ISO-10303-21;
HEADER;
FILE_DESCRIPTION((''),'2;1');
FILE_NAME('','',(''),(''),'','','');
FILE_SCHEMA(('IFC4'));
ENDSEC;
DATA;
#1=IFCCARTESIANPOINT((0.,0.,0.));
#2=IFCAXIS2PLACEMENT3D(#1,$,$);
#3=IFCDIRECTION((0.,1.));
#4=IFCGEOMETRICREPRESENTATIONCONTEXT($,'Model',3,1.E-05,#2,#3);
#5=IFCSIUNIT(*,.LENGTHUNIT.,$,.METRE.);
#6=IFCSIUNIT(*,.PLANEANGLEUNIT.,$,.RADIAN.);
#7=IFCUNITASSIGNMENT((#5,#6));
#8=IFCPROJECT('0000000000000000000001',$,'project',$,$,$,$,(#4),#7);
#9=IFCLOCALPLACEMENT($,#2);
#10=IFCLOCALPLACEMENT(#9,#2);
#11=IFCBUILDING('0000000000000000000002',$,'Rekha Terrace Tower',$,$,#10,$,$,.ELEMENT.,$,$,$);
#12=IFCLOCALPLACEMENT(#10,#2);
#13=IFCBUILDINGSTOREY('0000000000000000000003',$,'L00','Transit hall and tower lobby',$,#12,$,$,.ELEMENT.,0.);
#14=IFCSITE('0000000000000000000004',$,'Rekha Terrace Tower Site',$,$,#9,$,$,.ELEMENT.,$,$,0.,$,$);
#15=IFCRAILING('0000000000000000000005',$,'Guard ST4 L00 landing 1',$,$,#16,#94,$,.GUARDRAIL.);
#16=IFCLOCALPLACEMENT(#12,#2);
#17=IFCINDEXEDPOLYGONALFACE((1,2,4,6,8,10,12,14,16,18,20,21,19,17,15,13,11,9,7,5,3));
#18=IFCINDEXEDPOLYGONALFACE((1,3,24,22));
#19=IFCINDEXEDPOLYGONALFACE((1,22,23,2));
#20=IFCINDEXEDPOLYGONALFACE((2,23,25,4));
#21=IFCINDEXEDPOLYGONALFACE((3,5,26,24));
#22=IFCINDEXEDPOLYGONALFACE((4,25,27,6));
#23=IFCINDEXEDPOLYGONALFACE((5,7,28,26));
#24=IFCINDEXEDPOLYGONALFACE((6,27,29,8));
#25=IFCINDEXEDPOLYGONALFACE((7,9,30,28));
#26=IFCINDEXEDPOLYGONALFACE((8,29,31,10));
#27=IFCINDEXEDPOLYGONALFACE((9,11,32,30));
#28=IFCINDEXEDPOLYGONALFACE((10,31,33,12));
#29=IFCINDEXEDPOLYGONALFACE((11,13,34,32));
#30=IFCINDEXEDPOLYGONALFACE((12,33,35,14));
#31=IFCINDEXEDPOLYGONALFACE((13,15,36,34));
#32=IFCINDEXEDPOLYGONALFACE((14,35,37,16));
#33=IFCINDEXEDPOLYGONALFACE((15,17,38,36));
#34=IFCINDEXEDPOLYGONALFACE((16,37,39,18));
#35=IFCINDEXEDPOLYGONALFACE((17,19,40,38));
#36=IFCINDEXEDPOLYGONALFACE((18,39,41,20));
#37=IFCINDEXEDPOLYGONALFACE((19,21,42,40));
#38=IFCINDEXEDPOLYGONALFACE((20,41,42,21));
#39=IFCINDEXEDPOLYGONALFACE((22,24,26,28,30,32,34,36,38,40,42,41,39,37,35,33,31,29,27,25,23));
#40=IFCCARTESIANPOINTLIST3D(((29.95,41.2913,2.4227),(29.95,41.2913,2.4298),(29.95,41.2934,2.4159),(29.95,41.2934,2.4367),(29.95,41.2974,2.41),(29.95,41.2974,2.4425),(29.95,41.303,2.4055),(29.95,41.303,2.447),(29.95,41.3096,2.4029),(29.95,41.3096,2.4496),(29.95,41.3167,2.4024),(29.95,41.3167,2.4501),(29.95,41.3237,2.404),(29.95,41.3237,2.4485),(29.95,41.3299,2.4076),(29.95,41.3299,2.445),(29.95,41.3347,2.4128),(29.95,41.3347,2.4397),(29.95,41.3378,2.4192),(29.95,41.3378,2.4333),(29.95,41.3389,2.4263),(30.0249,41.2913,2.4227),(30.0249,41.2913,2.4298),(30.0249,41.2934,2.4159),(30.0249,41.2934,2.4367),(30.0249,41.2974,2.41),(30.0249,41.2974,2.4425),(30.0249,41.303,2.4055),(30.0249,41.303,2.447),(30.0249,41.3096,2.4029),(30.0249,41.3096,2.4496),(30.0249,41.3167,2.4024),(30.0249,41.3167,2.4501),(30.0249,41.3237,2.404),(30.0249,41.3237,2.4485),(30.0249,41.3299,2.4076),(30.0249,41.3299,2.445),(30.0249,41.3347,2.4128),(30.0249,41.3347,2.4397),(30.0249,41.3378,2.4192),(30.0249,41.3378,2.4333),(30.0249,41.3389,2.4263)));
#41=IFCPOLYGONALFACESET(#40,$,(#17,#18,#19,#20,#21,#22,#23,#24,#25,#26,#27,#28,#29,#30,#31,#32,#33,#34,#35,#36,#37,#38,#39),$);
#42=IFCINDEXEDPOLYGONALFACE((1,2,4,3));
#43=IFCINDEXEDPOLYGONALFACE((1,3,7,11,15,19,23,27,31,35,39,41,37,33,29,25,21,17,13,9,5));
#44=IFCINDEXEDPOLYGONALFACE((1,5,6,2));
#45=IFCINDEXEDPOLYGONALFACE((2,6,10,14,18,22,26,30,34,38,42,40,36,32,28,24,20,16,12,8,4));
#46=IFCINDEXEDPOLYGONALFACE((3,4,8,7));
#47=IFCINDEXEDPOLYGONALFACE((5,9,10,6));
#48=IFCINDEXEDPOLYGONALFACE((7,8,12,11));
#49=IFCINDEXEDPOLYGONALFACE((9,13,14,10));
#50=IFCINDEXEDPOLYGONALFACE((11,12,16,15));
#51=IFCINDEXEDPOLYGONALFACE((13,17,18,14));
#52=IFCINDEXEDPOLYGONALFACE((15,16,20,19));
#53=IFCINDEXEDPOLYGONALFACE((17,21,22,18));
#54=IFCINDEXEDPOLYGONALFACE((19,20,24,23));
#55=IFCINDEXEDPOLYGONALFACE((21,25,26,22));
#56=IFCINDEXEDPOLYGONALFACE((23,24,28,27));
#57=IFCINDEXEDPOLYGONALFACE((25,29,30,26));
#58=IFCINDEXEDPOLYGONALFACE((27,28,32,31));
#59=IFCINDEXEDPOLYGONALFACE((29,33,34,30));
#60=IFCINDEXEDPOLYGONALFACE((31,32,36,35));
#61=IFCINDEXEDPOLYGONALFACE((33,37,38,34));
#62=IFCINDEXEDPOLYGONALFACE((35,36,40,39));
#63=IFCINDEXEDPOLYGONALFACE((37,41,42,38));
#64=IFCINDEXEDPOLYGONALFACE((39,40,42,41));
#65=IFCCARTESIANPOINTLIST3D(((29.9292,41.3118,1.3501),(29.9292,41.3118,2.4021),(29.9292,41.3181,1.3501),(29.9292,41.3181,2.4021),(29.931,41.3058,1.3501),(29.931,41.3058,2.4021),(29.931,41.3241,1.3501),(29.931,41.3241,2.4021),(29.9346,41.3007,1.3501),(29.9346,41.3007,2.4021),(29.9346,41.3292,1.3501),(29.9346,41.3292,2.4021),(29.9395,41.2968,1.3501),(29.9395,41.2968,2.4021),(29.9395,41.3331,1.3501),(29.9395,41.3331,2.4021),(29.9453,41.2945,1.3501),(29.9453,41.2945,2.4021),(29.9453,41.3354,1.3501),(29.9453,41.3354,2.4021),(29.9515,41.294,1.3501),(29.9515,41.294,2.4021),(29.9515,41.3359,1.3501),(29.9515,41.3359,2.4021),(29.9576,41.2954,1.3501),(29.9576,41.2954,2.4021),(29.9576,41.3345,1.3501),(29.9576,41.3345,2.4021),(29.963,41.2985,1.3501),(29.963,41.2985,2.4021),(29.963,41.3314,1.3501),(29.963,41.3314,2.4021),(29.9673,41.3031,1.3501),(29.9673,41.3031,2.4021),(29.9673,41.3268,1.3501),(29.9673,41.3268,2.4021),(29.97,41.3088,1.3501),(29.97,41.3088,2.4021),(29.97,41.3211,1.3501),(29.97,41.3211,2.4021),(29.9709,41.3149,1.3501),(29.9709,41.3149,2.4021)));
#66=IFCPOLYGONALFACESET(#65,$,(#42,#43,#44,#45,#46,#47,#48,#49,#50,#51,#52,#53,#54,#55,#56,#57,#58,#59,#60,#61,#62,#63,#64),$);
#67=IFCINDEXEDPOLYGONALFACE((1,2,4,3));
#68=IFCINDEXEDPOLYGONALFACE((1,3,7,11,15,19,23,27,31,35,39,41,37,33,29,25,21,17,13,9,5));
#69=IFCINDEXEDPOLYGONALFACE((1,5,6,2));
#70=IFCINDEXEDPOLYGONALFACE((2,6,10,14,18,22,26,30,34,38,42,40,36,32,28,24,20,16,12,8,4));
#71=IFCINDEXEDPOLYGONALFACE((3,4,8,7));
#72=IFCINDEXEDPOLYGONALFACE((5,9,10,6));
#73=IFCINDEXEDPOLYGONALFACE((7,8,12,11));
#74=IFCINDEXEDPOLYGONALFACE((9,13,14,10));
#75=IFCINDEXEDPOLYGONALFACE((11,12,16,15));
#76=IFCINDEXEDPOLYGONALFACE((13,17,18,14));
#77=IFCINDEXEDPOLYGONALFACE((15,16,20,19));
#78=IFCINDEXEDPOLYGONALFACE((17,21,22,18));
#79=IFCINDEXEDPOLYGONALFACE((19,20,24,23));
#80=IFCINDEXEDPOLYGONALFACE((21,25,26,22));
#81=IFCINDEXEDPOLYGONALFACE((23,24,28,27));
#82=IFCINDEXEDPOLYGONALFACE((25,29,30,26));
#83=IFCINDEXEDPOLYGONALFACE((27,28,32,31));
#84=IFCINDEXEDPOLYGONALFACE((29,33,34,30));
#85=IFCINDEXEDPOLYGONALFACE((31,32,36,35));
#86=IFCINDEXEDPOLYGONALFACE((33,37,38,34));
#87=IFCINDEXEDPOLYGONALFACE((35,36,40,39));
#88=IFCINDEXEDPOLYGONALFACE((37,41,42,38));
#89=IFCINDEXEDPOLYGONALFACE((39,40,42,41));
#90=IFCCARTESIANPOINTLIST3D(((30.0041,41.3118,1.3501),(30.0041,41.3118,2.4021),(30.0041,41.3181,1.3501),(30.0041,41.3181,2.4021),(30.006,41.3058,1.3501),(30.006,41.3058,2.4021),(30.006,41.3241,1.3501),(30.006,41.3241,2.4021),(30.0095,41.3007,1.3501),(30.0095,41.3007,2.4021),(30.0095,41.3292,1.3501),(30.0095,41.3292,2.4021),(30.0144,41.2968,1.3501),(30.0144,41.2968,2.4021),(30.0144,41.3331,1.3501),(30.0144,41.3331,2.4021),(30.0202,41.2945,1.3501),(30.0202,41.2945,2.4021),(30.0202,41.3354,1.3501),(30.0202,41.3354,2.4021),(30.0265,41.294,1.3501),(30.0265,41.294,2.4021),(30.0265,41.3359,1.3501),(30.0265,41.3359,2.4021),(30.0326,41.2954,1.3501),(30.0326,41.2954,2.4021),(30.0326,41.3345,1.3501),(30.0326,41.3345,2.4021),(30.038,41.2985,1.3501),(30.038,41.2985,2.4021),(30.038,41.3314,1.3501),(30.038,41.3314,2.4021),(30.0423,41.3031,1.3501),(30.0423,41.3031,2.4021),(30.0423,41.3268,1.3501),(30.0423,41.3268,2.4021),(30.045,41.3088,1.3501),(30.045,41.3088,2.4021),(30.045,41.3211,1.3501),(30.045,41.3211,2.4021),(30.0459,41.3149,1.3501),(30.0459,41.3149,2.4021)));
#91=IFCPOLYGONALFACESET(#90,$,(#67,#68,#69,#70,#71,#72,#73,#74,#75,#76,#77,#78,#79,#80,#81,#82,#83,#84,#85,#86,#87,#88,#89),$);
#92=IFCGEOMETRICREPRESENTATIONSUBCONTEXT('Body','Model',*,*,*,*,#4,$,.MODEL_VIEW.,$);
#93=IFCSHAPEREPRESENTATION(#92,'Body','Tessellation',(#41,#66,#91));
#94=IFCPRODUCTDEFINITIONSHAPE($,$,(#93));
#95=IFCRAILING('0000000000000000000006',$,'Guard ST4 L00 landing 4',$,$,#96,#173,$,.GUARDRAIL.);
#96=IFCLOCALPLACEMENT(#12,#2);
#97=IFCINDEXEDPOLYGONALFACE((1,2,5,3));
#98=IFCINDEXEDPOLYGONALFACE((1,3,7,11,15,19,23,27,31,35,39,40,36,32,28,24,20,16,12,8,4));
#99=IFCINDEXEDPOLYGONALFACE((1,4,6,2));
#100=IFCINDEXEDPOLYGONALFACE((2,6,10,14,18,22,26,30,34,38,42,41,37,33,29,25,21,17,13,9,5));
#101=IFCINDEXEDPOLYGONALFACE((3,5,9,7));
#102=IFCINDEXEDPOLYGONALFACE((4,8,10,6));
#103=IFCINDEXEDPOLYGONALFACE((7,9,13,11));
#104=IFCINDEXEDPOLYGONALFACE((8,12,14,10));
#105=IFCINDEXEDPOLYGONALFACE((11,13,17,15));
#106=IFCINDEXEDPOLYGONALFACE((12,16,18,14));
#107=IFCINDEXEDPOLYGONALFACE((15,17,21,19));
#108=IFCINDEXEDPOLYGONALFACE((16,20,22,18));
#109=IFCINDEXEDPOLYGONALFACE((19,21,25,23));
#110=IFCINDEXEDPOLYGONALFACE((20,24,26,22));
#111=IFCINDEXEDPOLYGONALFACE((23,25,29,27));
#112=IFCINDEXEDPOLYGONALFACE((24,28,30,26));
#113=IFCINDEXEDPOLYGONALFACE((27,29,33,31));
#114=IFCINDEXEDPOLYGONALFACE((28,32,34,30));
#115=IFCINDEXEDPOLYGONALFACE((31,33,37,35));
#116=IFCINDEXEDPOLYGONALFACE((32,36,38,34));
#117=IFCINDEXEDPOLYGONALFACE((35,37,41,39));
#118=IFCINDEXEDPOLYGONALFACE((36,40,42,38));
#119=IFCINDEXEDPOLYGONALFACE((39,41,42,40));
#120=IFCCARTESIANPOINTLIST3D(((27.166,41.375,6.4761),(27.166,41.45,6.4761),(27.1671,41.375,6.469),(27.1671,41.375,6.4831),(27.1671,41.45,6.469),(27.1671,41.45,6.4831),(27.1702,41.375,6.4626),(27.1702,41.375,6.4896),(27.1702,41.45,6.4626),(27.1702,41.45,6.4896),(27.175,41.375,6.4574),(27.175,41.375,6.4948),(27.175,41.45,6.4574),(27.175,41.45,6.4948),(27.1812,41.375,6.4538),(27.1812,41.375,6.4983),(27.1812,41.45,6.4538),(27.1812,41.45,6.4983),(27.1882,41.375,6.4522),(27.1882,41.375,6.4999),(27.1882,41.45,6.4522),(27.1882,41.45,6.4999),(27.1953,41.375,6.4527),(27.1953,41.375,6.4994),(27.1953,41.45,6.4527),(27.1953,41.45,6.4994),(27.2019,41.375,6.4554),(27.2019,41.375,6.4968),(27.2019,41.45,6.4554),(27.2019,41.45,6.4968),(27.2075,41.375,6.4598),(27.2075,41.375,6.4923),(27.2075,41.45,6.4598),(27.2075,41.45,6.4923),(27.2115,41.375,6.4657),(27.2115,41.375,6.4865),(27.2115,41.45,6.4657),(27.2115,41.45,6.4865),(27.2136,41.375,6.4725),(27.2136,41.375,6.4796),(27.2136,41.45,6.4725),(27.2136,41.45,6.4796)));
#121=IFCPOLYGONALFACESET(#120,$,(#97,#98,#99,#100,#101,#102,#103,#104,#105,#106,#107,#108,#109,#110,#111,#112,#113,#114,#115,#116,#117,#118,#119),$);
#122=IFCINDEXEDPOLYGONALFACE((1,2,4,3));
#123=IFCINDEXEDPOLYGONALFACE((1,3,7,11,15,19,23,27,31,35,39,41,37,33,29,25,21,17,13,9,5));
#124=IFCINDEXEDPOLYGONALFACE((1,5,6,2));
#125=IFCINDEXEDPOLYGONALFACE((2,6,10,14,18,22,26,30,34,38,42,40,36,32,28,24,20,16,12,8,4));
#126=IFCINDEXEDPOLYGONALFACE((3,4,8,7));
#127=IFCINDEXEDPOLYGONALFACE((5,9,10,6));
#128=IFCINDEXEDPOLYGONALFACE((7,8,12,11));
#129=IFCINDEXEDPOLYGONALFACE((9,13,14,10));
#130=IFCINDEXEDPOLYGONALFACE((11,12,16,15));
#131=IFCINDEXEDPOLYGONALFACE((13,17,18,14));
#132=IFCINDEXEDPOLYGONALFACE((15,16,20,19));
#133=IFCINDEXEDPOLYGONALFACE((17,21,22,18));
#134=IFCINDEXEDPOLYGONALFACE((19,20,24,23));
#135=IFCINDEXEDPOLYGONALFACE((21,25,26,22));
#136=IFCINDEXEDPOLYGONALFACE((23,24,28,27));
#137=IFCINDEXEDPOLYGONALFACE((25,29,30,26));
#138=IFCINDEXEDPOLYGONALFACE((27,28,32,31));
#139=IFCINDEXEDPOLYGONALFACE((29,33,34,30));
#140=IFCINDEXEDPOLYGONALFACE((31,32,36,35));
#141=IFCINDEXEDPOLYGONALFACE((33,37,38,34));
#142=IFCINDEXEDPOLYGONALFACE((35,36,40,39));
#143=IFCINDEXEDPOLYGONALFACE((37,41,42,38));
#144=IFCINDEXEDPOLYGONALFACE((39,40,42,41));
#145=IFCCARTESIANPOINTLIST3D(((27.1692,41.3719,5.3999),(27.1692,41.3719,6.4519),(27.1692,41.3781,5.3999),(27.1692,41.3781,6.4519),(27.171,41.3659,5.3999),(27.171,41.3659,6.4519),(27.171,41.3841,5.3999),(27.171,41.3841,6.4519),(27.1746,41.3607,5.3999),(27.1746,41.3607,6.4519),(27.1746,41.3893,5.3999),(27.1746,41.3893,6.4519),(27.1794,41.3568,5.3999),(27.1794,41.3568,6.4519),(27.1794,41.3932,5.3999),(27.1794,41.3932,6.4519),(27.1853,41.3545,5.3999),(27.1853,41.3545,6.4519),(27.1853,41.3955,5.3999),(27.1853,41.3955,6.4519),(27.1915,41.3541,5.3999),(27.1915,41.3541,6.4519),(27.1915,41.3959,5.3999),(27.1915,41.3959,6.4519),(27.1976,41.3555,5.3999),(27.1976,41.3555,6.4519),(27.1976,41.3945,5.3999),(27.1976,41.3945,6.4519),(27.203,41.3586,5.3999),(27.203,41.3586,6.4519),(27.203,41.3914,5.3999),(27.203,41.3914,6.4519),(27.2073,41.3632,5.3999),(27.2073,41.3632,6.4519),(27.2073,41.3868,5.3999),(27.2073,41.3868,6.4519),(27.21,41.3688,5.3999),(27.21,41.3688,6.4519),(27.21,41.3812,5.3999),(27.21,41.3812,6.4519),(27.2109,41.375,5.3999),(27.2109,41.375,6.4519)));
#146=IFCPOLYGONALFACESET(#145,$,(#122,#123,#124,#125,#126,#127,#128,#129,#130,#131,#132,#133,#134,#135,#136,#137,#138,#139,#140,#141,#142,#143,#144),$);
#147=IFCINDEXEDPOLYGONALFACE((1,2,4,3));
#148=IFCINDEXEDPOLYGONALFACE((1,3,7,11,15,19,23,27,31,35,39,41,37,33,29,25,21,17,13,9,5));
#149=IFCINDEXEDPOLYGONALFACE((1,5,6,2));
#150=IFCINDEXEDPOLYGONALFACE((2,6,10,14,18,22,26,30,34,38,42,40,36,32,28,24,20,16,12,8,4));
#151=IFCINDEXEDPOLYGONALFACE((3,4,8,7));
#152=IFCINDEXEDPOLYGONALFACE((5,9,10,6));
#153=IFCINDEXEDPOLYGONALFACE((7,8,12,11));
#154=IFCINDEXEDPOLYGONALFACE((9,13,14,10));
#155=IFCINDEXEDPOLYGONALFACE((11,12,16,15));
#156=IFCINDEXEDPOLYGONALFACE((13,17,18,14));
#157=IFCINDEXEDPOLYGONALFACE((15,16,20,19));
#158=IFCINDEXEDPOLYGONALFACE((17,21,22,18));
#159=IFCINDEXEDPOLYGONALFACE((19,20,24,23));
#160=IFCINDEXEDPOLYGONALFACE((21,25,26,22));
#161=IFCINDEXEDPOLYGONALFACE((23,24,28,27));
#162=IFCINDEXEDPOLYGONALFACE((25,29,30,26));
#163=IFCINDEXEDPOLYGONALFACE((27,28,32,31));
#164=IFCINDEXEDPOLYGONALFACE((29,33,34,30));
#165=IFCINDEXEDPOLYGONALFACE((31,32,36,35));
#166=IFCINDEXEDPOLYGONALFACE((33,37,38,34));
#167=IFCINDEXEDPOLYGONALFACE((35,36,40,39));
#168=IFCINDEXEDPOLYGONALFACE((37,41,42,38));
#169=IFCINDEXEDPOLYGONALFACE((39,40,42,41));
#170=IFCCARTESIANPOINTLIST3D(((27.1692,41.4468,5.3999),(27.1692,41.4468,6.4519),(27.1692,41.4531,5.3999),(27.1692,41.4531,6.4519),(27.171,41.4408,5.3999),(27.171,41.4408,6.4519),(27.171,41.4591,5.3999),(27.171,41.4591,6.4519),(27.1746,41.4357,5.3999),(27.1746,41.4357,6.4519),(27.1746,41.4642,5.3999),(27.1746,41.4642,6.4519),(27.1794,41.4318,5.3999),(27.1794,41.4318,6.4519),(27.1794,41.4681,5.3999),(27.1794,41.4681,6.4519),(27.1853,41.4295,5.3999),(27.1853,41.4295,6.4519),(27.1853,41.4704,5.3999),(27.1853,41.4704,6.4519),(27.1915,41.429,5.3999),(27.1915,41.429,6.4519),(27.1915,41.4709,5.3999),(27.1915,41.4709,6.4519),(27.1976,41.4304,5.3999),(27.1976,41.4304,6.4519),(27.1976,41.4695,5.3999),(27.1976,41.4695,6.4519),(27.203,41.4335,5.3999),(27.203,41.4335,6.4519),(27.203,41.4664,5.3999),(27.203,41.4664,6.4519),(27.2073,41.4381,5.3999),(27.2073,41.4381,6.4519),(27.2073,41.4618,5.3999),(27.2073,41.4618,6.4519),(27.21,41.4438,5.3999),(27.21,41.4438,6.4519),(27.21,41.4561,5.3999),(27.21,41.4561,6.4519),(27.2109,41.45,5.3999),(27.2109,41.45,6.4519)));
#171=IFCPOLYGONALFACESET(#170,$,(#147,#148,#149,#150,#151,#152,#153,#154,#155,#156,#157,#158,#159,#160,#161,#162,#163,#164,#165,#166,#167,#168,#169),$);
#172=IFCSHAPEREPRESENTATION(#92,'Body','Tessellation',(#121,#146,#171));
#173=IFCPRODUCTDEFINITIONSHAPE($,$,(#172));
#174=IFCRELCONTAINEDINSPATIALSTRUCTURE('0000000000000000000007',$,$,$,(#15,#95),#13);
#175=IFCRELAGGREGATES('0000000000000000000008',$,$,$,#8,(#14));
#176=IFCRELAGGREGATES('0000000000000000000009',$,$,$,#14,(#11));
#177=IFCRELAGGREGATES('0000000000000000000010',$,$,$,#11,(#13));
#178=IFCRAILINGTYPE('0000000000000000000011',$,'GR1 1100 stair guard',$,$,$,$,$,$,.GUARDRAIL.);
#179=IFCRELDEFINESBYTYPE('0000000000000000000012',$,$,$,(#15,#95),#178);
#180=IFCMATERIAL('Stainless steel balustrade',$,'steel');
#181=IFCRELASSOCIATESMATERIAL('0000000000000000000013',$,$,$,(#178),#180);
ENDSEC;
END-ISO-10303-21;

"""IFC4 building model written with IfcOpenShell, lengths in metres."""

from ifc_helpers import new_model, si_unit, direction, frame, origin, origin_2d, place, context, subcontext, project, spatial, circle, extrude, material, type_object, element, save


model = new_model("IFC4")

# Units and contexts
model_context = context("Model", 3, precision=1e-05, world=origin(), true_north=direction((0.0, 1.0)))
body_context = subcontext(model_context, "Body", "Model", "MODEL_VIEW")
ifc_project = project(units=[si_unit("LENGTHUNIT", "METRE"), si_unit("PLANEANGLEUNIT", "RADIAN")], contexts=[model_context])

# Site, building, storey
site_placement = place(None, origin())
site = spatial("IfcSite", under=ifc_project, at=site_placement, Name="Rekha Terrace Tower Site", CompositionType="ELEMENT", RefElevation=0.0)
building_placement = place(site_placement, origin())
building = spatial("IfcBuilding", under=site, at=building_placement, Name="Rekha Terrace Tower", CompositionType="ELEMENT")
storey_placement = place(building_placement, origin())
storey = spatial("IfcBuildingStorey", under=building, at=storey_placement, Name="L00", Description="Transit hall and tower lobby", CompositionType="ELEMENT", Elevation=0.0)

# Railings
ifc_material_1 = material(Name="Stainless steel balustrade", Category="steel")
railing_type_1 = type_object("IfcRailingType", Name="GR1 1100 stair guard", PredefinedType="GUARDRAIL", material=ifc_material_1)
railing_1_placement = place(storey_placement, frame((29.95, 41.3149, 1.3501)))
element("IfcRailing", 1, at=railing_1_placement, inside=storey, type_object=railing_type_1, Name="Guard ST4 L00 landing 1", PredefinedType="GUARDRAIL", context=body_context, shape_type="SweptSolid", body=[
    extrude(circle(Radius=0.0239, at=origin_2d()), frame((0.0, 0.0, 1.0762), z_axis=(1.0, 0.0, 0.0), x_axis=(0.0, 1.0, 0.0)), (0.0, 0.0, 1.0), 0.075),
    extrude(circle(Radius=0.021, at=origin_2d()), origin(), (0.0, 0.0, 1.0), 1.052),
    extrude(circle(Radius=0.021, at=origin_2d()), frame((0.075, 0.0, 0.0)), (0.0, 0.0, 1.0), 1.052),
])
railing_2_placement = place(storey_placement, frame((27.1899, 41.375, 5.3999)))
element("IfcRailing", 2, at=railing_2_placement, inside=storey, type_object=railing_type_1, Name="Guard ST4 L00 landing 4", PredefinedType="GUARDRAIL", context=body_context, shape_type="SweptSolid", body=[
    extrude(circle(Radius=0.0239, at=origin_2d()), frame((0.0, 0.0, 1.0762), z_axis=(0.0, 1.0, 0.0), x_axis=(-1.0, 0.0, 0.0)), (0.0, 0.0, 1.0), 0.075),
    extrude(circle(Radius=0.021, at=origin_2d()), origin(), (0.0, 0.0, 1.0), 1.052),
    extrude(circle(Radius=0.021, at=origin_2d()), frame((0.0, 0.075, 0.0)), (0.0, 0.0, 1.0), 1.052),
])

save(model, "model.ifc")
